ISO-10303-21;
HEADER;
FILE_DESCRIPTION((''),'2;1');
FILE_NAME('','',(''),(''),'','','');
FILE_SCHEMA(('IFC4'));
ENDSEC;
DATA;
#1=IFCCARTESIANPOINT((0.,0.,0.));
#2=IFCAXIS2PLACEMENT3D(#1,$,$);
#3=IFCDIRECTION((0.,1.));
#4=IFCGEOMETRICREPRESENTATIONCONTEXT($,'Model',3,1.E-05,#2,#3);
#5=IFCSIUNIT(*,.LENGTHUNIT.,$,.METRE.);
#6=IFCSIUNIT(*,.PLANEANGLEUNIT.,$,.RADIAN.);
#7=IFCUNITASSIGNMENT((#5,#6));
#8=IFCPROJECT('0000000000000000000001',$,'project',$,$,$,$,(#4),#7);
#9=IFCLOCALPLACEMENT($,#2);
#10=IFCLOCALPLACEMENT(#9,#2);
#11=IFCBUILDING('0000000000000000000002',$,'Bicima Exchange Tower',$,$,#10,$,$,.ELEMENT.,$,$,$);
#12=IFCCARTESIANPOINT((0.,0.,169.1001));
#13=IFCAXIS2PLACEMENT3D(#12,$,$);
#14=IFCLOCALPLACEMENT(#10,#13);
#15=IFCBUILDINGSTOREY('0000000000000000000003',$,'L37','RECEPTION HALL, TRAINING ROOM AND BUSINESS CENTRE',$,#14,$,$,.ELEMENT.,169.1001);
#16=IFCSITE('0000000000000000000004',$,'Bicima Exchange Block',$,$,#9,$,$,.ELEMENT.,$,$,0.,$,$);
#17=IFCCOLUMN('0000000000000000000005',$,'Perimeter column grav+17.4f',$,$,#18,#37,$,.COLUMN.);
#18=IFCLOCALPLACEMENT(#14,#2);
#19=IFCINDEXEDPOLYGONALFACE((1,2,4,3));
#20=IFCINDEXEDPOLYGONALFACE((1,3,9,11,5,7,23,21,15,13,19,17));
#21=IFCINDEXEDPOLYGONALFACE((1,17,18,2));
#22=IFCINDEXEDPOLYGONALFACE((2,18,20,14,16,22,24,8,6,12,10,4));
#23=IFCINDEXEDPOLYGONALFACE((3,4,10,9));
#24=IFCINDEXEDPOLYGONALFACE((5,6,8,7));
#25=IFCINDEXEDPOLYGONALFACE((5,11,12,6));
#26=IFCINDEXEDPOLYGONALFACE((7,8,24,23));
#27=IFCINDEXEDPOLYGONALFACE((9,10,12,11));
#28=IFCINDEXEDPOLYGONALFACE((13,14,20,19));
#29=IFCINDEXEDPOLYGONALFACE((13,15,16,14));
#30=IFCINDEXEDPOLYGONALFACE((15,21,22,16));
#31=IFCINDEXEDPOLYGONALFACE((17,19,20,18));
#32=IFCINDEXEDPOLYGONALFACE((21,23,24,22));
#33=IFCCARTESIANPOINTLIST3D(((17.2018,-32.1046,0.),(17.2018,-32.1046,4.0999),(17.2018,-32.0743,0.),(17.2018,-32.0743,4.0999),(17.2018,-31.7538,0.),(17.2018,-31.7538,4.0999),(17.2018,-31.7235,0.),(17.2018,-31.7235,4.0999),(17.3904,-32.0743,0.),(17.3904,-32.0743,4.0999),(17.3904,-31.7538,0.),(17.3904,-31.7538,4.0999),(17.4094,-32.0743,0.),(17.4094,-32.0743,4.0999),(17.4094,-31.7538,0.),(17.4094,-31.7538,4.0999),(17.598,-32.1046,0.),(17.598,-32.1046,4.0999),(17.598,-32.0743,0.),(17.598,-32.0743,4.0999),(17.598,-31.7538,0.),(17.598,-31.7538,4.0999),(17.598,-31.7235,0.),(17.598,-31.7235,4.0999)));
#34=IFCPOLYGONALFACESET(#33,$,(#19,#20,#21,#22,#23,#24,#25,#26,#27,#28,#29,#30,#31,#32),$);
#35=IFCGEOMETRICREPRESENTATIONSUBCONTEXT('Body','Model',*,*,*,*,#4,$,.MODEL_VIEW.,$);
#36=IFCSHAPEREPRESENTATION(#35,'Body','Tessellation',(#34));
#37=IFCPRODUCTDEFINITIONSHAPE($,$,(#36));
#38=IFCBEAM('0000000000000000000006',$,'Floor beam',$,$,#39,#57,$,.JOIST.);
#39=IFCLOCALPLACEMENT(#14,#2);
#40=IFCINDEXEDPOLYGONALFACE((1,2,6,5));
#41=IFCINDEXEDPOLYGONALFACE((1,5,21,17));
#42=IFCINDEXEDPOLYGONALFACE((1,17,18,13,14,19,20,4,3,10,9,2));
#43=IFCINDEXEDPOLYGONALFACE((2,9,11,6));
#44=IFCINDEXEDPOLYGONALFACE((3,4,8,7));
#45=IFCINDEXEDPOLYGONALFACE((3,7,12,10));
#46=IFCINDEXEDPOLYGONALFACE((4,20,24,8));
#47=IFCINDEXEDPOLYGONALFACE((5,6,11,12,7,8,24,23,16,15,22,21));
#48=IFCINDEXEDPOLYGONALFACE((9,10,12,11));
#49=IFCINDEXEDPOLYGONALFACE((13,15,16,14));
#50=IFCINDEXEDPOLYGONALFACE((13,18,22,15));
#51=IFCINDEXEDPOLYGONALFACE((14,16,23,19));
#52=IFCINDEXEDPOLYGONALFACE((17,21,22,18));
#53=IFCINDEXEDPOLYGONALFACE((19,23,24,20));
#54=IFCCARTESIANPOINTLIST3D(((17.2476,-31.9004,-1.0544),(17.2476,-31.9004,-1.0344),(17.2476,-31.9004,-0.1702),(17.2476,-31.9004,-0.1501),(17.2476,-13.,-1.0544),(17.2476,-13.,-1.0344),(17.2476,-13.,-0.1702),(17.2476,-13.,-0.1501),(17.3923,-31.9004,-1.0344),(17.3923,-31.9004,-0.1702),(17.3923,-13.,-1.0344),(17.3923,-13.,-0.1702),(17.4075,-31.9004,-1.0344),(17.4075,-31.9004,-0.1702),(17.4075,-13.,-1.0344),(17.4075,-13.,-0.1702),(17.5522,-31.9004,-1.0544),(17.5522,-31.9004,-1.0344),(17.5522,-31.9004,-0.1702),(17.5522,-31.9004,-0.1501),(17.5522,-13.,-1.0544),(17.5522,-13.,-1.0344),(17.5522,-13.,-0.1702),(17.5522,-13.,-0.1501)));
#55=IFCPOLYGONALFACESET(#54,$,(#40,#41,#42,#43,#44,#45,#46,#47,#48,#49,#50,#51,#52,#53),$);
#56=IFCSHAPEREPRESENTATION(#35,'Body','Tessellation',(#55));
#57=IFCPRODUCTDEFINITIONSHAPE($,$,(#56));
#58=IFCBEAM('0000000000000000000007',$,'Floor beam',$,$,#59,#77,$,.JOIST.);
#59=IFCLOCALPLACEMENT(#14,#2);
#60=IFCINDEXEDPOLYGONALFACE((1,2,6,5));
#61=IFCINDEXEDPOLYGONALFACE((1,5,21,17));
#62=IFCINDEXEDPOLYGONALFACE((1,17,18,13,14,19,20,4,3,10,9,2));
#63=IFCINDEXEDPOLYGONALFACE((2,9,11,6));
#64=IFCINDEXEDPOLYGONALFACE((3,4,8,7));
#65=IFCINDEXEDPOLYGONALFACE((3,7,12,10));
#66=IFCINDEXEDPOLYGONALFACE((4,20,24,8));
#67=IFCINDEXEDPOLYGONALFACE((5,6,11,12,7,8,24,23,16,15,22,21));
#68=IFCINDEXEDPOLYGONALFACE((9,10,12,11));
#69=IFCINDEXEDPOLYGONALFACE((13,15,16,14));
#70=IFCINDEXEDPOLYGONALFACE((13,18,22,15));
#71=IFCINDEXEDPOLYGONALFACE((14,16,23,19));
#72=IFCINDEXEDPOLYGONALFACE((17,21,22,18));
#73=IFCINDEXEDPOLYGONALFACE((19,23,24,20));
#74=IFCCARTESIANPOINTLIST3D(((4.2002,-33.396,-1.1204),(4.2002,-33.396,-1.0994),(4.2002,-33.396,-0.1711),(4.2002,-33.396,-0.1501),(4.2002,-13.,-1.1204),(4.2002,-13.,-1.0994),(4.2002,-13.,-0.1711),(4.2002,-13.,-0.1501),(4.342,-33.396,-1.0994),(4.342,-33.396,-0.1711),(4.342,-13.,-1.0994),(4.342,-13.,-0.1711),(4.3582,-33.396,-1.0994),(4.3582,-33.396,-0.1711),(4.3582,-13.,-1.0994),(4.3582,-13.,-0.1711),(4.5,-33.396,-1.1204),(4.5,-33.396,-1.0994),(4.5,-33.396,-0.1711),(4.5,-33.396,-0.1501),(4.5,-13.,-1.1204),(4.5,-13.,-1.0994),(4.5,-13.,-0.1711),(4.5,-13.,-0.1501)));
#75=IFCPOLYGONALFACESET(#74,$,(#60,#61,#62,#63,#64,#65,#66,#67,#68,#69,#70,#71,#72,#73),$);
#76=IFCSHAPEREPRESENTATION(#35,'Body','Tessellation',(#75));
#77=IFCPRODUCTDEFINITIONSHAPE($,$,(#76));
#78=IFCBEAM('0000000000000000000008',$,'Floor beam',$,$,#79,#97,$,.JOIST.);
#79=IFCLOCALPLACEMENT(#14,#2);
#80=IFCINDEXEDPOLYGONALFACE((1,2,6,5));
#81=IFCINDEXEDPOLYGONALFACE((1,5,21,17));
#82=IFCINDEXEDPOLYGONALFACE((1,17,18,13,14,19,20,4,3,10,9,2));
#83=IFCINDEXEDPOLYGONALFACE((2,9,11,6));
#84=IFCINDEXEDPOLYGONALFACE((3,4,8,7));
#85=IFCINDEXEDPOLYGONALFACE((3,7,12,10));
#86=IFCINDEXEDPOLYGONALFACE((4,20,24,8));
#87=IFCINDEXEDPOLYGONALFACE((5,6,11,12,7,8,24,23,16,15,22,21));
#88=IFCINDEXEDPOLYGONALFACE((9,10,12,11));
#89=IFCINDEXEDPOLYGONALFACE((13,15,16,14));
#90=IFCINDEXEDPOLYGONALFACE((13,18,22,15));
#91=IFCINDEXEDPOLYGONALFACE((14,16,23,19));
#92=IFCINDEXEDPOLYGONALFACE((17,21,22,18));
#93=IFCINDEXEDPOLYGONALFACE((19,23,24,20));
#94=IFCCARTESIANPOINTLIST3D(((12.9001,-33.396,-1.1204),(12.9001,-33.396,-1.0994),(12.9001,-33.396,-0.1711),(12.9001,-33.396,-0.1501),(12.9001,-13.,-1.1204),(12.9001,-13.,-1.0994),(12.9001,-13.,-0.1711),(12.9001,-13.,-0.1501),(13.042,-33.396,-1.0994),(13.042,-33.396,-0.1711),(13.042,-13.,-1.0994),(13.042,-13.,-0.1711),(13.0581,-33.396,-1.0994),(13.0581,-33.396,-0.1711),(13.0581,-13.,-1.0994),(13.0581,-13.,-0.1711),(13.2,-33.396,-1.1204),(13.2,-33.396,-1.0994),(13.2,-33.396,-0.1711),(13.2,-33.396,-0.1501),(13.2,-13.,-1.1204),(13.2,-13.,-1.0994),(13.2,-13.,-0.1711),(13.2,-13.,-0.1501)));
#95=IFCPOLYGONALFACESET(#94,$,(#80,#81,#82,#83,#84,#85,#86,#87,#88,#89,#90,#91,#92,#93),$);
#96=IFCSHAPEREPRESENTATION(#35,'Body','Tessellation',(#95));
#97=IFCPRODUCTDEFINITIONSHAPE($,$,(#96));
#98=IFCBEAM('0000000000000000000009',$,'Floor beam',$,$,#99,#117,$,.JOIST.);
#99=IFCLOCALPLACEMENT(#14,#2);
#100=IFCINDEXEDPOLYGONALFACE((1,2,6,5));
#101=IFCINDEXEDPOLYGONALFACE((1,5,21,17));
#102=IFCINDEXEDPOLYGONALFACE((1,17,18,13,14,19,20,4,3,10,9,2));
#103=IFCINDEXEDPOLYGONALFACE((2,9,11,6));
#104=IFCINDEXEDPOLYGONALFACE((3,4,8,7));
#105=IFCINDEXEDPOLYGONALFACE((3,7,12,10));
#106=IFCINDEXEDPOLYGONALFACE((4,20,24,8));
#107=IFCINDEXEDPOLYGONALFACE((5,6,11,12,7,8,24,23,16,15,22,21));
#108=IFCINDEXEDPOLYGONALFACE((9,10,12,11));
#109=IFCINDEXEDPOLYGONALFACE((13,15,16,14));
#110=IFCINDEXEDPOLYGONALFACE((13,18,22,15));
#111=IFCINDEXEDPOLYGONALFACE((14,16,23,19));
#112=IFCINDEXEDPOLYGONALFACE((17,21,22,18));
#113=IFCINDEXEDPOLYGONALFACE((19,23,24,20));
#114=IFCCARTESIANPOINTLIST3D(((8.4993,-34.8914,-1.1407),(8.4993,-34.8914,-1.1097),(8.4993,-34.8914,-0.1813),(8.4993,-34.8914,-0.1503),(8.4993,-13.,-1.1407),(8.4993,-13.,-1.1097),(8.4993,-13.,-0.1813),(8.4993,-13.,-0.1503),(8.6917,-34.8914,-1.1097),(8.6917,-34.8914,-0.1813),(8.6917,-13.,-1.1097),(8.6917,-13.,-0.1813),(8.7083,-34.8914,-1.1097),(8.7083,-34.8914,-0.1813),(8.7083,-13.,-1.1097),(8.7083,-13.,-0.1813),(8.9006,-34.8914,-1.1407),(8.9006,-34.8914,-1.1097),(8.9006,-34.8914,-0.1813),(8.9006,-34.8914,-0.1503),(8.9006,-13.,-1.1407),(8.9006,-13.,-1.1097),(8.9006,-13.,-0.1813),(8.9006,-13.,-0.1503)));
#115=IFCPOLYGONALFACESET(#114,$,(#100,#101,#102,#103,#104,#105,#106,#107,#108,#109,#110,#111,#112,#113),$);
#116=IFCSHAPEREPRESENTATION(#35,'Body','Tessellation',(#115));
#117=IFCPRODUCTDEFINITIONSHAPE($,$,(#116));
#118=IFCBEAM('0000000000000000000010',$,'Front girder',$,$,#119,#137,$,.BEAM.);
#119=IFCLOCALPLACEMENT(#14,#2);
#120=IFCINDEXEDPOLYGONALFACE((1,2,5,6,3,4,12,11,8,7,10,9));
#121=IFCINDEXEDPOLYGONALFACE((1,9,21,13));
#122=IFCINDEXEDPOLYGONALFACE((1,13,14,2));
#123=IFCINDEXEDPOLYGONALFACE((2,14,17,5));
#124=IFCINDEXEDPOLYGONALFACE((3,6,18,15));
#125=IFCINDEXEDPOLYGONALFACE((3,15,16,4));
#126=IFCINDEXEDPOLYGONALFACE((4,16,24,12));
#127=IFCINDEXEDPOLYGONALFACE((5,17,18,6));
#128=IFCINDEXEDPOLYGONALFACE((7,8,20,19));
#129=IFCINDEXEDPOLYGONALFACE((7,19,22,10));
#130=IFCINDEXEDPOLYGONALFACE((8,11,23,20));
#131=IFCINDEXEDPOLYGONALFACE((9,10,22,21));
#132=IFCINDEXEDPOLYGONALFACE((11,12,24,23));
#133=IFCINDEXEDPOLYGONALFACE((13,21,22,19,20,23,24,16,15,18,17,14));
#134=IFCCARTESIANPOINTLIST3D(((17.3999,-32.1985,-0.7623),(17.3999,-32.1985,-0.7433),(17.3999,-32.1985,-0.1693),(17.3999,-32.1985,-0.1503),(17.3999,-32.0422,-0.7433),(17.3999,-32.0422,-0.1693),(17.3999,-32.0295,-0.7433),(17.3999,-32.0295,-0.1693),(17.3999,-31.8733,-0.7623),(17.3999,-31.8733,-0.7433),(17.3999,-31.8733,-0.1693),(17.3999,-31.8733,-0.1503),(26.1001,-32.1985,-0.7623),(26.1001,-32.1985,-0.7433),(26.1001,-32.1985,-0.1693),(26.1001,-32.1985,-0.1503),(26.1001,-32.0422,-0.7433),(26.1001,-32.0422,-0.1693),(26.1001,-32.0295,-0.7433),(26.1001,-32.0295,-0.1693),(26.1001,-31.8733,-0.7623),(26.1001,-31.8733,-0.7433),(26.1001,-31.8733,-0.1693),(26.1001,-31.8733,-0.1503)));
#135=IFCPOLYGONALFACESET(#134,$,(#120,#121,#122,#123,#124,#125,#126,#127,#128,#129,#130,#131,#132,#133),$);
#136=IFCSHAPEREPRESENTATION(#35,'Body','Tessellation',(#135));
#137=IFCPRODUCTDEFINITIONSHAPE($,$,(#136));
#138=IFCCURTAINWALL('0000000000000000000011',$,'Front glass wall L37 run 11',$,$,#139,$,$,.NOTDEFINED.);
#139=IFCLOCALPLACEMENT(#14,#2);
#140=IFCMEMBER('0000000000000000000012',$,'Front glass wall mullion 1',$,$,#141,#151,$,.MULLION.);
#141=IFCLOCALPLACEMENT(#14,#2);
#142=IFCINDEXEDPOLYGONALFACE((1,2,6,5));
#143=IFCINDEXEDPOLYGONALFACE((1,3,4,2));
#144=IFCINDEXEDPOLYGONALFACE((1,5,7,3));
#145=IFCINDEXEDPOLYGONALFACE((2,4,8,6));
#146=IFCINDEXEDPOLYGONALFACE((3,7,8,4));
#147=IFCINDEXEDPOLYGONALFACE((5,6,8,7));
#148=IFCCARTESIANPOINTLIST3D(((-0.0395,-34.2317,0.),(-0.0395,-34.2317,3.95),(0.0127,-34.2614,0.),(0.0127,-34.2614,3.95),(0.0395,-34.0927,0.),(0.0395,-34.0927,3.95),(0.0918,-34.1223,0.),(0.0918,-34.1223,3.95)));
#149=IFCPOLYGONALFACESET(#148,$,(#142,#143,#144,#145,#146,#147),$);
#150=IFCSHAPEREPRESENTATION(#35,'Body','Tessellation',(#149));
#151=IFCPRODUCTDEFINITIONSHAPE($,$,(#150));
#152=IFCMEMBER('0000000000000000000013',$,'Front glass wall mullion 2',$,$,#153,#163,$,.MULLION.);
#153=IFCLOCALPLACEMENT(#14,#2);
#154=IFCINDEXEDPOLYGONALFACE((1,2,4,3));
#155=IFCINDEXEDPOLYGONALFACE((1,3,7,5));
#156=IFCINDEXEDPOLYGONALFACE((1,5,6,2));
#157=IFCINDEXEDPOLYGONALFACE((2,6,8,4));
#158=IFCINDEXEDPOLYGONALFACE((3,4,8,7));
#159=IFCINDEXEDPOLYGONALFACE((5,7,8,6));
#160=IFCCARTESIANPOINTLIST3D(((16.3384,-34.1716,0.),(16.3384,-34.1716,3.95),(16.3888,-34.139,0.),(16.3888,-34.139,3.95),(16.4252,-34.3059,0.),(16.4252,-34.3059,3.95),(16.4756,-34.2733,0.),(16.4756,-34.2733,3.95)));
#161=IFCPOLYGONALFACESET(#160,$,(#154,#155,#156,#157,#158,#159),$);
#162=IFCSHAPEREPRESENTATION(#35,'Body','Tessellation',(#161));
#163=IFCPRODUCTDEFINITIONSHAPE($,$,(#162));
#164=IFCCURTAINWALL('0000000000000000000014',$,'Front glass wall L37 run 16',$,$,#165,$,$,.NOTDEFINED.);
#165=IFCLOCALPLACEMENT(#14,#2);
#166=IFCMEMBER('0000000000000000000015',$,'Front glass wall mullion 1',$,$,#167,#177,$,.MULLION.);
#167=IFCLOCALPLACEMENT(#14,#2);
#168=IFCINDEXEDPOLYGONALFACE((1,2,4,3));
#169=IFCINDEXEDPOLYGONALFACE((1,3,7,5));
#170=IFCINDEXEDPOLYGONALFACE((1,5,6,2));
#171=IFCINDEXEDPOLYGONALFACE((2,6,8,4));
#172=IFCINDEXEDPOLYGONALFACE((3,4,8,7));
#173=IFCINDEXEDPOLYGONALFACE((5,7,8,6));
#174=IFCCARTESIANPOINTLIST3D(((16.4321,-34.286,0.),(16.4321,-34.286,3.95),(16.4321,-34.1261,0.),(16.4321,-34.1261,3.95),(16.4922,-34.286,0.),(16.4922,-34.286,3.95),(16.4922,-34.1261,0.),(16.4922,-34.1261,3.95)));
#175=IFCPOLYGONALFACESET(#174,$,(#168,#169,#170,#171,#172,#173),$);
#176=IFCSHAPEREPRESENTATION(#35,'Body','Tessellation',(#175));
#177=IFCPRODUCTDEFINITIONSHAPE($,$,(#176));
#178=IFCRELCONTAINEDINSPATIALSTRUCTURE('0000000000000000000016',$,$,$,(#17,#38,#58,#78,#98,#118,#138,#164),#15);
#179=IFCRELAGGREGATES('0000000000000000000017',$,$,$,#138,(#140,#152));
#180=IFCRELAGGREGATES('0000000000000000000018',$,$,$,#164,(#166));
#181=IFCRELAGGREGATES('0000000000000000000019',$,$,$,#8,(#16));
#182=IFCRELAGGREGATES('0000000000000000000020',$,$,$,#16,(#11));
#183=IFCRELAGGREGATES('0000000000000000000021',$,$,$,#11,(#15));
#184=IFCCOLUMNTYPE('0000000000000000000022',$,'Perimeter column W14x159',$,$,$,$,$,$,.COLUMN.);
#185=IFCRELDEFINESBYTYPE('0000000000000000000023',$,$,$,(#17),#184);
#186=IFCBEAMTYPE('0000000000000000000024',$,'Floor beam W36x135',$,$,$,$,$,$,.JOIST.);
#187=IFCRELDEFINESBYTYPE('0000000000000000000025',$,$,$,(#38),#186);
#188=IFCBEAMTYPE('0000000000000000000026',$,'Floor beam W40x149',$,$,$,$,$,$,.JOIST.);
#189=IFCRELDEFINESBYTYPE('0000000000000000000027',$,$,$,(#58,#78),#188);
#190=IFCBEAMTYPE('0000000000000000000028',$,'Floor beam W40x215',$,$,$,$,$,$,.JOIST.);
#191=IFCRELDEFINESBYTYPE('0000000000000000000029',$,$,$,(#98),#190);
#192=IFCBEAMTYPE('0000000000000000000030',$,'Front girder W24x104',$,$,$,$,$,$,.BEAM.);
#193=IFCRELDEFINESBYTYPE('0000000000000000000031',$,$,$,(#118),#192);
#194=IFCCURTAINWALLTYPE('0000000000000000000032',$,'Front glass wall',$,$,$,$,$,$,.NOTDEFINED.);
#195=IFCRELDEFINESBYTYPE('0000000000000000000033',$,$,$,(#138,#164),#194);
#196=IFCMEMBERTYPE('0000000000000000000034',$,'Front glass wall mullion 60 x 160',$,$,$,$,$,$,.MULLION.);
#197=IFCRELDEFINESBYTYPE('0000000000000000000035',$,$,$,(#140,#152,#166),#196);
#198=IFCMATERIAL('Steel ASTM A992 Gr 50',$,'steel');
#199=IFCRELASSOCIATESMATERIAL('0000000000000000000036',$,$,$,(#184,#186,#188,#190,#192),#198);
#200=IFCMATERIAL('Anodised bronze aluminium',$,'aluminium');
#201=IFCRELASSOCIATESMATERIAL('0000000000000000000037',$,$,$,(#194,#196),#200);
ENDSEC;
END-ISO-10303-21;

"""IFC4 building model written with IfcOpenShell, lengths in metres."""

from ifc_helpers import new_model, si_unit, direction, frame, origin, origin_2d, place, context, subcontext, project, spatial, rectangle, i_section, extrude, material, material_profile, profile_set, type_object, element, aggregate, save


model = new_model("IFC4")

# Units and contexts
model_context = context("Model", 3, precision=1e-05, world=origin(), true_north=direction((0.0, 1.0)))
body_context = subcontext(model_context, "Body", "Model", "MODEL_VIEW")
ifc_project = project(units=[si_unit("LENGTHUNIT", "METRE"), si_unit("PLANEANGLEUNIT", "RADIAN")], contexts=[model_context])

# Site, building, storey
site_placement = place(None, origin())
site = spatial("IfcSite", under=ifc_project, at=site_placement, Name="Bicima Exchange Block", CompositionType="ELEMENT", RefElevation=0.0)
building_placement = place(site_placement, origin())
building = spatial("IfcBuilding", under=site, at=building_placement, Name="Bicima Exchange Tower", CompositionType="ELEMENT")
storey_placement = place(building_placement, frame((0.0, 0.0, 169.1001)))
storey = spatial("IfcBuildingStorey", under=building, at=storey_placement, Name="L37", Description="RECEPTION HALL, TRAINING ROOM AND BUSINESS CENTRE", CompositionType="ELEMENT", Elevation=169.1001)

# Column
ifc_material_1 = material(Name="Steel ASTM A992 Gr 50", Category="steel")
ifc_material_profile_1 = material_profile(ifc_material_1, i_section(OverallWidth=0.3962, OverallDepth=0.3811, WebThickness=0.019, FlangeThickness=0.0303, at=origin_2d()))
ifc_profile_set_1 = profile_set([ifc_material_profile_1], Name="Steel ASTM A992 Gr 50")
column_type = type_object("IfcColumnType", Name="Perimeter column W14x159", PredefinedType="COLUMN", material=ifc_profile_set_1)
column_placement = place(storey_placement, frame((17.3999, -31.9141, 0.0), z_axis=(0.0, 0.0, 1.0), x_axis=(1.0, 0.0, 0.0)))
element("IfcColumn", 1, at=column_placement, inside=storey, type_object=column_type, Name="Perimeter column grav+17.4f", PredefinedType="COLUMN", context=body_context, shape_type="SweptSolid", body=[
    extrude(i_section(OverallWidth=0.3962, OverallDepth=0.3811, WebThickness=0.019, FlangeThickness=0.0303, at=origin_2d()), origin(), (0.0, 0.0, 1.0), 4.0999),
])

# Beams
ifc_material_profile_2 = material_profile(ifc_material_1, i_section(OverallWidth=0.3047, OverallDepth=0.9043, WebThickness=0.0151, FlangeThickness=0.02, at=origin_2d()))
ifc_profile_set_2 = profile_set([ifc_material_profile_2], Name="Steel ASTM A992 Gr 50")
beam_type_1 = type_object("IfcBeamType", Name="Floor beam W36x135", PredefinedType="JOIST", material=ifc_profile_set_2)
beam_1_placement = place(storey_placement, frame((17.3999, -13.0, -0.6023), z_axis=(0.0, -1.0, 0.0), x_axis=(1.0, 0.0, 0.0)))
element("IfcBeam", 2, at=beam_1_placement, inside=storey, type_object=beam_type_1, Name="Floor beam", PredefinedType="JOIST", context=body_context, shape_type="SweptSolid", body=[
    extrude(i_section(OverallWidth=0.3047, OverallDepth=0.9043, WebThickness=0.0151, FlangeThickness=0.02, at=origin_2d()), origin(), (0.0, 0.0, 1.0), 18.9004),
])
ifc_material_profile_3 = material_profile(ifc_material_1, i_section(OverallWidth=0.2998, OverallDepth=0.9702, WebThickness=0.0161, FlangeThickness=0.021, at=origin_2d()))
ifc_profile_set_3 = profile_set([ifc_material_profile_3], Name="Steel ASTM A992 Gr 50")
beam_type_2 = type_object("IfcBeamType", Name="Floor beam W40x149", PredefinedType="JOIST", material=ifc_profile_set_3)
for number, where, z_axis, x_axis, name in (
    (3, (4.3501, -13.0, -0.6353), (0.0, -1.0, 0.0), (1.0, 0.0, 0.0), "Floor beam"),
    (4, (13.05, -13.0, -0.6353), (0.0, -1.0, 0.0), (1.0, 0.0, 0.0), "Floor beam"),
):
    element("IfcBeam", number, at=place(storey_placement, frame(where, z_axis=z_axis, x_axis=x_axis)), inside=storey, type_object=beam_type_2, Name=name, PredefinedType="JOIST", context=body_context, shape_type="SweptSolid", body=[
        extrude(i_section(OverallWidth=0.2998, OverallDepth=0.9702, WebThickness=0.0161, FlangeThickness=0.021, at=origin_2d()), origin(), (0.0, 0.0, 1.0), 20.396),
    ])
ifc_material_profile_4 = material_profile(ifc_material_1, i_section(OverallWidth=0.4014, OverallDepth=0.9905, WebThickness=0.0166, FlangeThickness=0.031, at=origin_2d()))
ifc_profile_set_4 = profile_set([ifc_material_profile_4], Name="Steel ASTM A992 Gr 50")
beam_type_3 = type_object("IfcBeamType", Name="Floor beam W40x215", PredefinedType="JOIST", material=ifc_profile_set_4)
beam_2_placement = place(storey_placement, frame((8.7, -13.0, -0.6455), z_axis=(0.0, -1.0, 0.0), x_axis=(1.0, 0.0, 0.0)))
element("IfcBeam", 5, at=beam_2_placement, inside=storey, type_object=beam_type_3, Name="Floor beam", PredefinedType="JOIST", context=body_context, shape_type="SweptSolid", body=[
    extrude(i_section(OverallWidth=0.4014, OverallDepth=0.9905, WebThickness=0.0166, FlangeThickness=0.031, at=origin_2d()), origin(), (0.0, 0.0, 1.0), 21.8914),
])
ifc_material_profile_5 = material_profile(ifc_material_1, i_section(OverallWidth=0.3252, OverallDepth=0.6121, WebThickness=0.0127, FlangeThickness=0.019, at=origin_2d()))
ifc_profile_set_5 = profile_set([ifc_material_profile_5], Name="Steel ASTM A992 Gr 50")
beam_type_4 = type_object("IfcBeamType", Name="Front girder W24x104", PredefinedType="BEAM", material=ifc_profile_set_5)
beam_3_placement = place(storey_placement, frame((17.3999, -32.0359, -0.4563), z_axis=(1.0, 0.0, 0.0), x_axis=(0.0, 1.0, 0.0)))
element("IfcBeam", 6, at=beam_3_placement, inside=storey, type_object=beam_type_4, Name="Front girder", PredefinedType="BEAM", context=body_context, shape_type="SweptSolid", body=[
    extrude(i_section(OverallWidth=0.3252, OverallDepth=0.6121, WebThickness=0.0127, FlangeThickness=0.019, at=origin_2d()), origin(), (0.0, 0.0, 1.0), 8.7002),
])

# Curtain wall, members
ifc_material_2 = material(Name="Anodised bronze aluminium", Category="aluminium")
curtain_wall_type = type_object("IfcCurtainWallType", Name="Front glass wall", PredefinedType="NOTDEFINED", material=ifc_material_2)
curtain_wall_1_placement = place(storey_placement, origin())
curtain_wall_1 = element("IfcCurtainWall", 7, at=curtain_wall_1_placement, inside=storey, type_object=curtain_wall_type, Name="Front glass wall L37 run 11", PredefinedType="NOTDEFINED")
ifc_material_profile_6 = material_profile(ifc_material_2, rectangle(XDim=0.1599, YDim=0.0601, at=origin_2d()))
ifc_profile_set_6 = profile_set([ifc_material_profile_6], Name="Anodised bronze aluminium")
member_type_1 = type_object("IfcMemberType", Name="Front glass wall mullion 60 x 160", PredefinedType="MULLION", material=ifc_profile_set_6)
member_1_placement = place(storey_placement, frame((0.0261, -34.177, 0.0), z_axis=(0.0, 0.0, 1.0), x_axis=(0.49433, 0.869274, 0.0)))
member_1 = element("IfcMember", 8, at=member_1_placement, type_object=member_type_1, Name="Front glass wall mullion 1", PredefinedType="MULLION", context=body_context, shape_type="SweptSolid", body=[
    extrude(rectangle(XDim=0.1599, YDim=0.0601, at=origin_2d()), origin(), (0.0, 0.0, 1.0), 3.95),
])
member_2_placement = place(storey_placement, frame((16.407, -34.2224, 0.0), z_axis=(0.0, 0.0, 1.0), x_axis=(-0.542909, 0.839791, 0.0)))
member_2 = element("IfcMember", 9, at=member_2_placement, type_object=member_type_1, Name="Front glass wall mullion 2", PredefinedType="MULLION", context=body_context, shape_type="SweptSolid", body=[
    extrude(rectangle(XDim=0.1599, YDim=0.0601, at=origin_2d()), origin(), (0.0, 0.0, 1.0), 3.95),
])

# Curtain wall, member
curtain_wall_2_placement = place(storey_placement, origin())
curtain_wall_2 = element("IfcCurtainWall", 10, at=curtain_wall_2_placement, inside=storey, type_object=curtain_wall_type, Name="Front glass wall L37 run 16", PredefinedType="NOTDEFINED")
member_3_placement = place(storey_placement, frame((16.4622, -34.2061, 0.0), z_axis=(0.0, 0.0, 1.0), x_axis=(0.0, 1.0, 0.0)))
member_3 = element("IfcMember", 11, at=member_3_placement, type_object=member_type_1, Name="Front glass wall mullion 1", PredefinedType="MULLION", context=body_context, shape_type="SweptSolid", body=[
    extrude(rectangle(XDim=0.1599, YDim=0.0601, at=origin_2d()), origin(), (0.0, 0.0, 1.0), 3.95),
])

aggregate(curtain_wall_1, [member_1, member_2])
aggregate(curtain_wall_2, [member_3])

save(model, "model.ifc")
